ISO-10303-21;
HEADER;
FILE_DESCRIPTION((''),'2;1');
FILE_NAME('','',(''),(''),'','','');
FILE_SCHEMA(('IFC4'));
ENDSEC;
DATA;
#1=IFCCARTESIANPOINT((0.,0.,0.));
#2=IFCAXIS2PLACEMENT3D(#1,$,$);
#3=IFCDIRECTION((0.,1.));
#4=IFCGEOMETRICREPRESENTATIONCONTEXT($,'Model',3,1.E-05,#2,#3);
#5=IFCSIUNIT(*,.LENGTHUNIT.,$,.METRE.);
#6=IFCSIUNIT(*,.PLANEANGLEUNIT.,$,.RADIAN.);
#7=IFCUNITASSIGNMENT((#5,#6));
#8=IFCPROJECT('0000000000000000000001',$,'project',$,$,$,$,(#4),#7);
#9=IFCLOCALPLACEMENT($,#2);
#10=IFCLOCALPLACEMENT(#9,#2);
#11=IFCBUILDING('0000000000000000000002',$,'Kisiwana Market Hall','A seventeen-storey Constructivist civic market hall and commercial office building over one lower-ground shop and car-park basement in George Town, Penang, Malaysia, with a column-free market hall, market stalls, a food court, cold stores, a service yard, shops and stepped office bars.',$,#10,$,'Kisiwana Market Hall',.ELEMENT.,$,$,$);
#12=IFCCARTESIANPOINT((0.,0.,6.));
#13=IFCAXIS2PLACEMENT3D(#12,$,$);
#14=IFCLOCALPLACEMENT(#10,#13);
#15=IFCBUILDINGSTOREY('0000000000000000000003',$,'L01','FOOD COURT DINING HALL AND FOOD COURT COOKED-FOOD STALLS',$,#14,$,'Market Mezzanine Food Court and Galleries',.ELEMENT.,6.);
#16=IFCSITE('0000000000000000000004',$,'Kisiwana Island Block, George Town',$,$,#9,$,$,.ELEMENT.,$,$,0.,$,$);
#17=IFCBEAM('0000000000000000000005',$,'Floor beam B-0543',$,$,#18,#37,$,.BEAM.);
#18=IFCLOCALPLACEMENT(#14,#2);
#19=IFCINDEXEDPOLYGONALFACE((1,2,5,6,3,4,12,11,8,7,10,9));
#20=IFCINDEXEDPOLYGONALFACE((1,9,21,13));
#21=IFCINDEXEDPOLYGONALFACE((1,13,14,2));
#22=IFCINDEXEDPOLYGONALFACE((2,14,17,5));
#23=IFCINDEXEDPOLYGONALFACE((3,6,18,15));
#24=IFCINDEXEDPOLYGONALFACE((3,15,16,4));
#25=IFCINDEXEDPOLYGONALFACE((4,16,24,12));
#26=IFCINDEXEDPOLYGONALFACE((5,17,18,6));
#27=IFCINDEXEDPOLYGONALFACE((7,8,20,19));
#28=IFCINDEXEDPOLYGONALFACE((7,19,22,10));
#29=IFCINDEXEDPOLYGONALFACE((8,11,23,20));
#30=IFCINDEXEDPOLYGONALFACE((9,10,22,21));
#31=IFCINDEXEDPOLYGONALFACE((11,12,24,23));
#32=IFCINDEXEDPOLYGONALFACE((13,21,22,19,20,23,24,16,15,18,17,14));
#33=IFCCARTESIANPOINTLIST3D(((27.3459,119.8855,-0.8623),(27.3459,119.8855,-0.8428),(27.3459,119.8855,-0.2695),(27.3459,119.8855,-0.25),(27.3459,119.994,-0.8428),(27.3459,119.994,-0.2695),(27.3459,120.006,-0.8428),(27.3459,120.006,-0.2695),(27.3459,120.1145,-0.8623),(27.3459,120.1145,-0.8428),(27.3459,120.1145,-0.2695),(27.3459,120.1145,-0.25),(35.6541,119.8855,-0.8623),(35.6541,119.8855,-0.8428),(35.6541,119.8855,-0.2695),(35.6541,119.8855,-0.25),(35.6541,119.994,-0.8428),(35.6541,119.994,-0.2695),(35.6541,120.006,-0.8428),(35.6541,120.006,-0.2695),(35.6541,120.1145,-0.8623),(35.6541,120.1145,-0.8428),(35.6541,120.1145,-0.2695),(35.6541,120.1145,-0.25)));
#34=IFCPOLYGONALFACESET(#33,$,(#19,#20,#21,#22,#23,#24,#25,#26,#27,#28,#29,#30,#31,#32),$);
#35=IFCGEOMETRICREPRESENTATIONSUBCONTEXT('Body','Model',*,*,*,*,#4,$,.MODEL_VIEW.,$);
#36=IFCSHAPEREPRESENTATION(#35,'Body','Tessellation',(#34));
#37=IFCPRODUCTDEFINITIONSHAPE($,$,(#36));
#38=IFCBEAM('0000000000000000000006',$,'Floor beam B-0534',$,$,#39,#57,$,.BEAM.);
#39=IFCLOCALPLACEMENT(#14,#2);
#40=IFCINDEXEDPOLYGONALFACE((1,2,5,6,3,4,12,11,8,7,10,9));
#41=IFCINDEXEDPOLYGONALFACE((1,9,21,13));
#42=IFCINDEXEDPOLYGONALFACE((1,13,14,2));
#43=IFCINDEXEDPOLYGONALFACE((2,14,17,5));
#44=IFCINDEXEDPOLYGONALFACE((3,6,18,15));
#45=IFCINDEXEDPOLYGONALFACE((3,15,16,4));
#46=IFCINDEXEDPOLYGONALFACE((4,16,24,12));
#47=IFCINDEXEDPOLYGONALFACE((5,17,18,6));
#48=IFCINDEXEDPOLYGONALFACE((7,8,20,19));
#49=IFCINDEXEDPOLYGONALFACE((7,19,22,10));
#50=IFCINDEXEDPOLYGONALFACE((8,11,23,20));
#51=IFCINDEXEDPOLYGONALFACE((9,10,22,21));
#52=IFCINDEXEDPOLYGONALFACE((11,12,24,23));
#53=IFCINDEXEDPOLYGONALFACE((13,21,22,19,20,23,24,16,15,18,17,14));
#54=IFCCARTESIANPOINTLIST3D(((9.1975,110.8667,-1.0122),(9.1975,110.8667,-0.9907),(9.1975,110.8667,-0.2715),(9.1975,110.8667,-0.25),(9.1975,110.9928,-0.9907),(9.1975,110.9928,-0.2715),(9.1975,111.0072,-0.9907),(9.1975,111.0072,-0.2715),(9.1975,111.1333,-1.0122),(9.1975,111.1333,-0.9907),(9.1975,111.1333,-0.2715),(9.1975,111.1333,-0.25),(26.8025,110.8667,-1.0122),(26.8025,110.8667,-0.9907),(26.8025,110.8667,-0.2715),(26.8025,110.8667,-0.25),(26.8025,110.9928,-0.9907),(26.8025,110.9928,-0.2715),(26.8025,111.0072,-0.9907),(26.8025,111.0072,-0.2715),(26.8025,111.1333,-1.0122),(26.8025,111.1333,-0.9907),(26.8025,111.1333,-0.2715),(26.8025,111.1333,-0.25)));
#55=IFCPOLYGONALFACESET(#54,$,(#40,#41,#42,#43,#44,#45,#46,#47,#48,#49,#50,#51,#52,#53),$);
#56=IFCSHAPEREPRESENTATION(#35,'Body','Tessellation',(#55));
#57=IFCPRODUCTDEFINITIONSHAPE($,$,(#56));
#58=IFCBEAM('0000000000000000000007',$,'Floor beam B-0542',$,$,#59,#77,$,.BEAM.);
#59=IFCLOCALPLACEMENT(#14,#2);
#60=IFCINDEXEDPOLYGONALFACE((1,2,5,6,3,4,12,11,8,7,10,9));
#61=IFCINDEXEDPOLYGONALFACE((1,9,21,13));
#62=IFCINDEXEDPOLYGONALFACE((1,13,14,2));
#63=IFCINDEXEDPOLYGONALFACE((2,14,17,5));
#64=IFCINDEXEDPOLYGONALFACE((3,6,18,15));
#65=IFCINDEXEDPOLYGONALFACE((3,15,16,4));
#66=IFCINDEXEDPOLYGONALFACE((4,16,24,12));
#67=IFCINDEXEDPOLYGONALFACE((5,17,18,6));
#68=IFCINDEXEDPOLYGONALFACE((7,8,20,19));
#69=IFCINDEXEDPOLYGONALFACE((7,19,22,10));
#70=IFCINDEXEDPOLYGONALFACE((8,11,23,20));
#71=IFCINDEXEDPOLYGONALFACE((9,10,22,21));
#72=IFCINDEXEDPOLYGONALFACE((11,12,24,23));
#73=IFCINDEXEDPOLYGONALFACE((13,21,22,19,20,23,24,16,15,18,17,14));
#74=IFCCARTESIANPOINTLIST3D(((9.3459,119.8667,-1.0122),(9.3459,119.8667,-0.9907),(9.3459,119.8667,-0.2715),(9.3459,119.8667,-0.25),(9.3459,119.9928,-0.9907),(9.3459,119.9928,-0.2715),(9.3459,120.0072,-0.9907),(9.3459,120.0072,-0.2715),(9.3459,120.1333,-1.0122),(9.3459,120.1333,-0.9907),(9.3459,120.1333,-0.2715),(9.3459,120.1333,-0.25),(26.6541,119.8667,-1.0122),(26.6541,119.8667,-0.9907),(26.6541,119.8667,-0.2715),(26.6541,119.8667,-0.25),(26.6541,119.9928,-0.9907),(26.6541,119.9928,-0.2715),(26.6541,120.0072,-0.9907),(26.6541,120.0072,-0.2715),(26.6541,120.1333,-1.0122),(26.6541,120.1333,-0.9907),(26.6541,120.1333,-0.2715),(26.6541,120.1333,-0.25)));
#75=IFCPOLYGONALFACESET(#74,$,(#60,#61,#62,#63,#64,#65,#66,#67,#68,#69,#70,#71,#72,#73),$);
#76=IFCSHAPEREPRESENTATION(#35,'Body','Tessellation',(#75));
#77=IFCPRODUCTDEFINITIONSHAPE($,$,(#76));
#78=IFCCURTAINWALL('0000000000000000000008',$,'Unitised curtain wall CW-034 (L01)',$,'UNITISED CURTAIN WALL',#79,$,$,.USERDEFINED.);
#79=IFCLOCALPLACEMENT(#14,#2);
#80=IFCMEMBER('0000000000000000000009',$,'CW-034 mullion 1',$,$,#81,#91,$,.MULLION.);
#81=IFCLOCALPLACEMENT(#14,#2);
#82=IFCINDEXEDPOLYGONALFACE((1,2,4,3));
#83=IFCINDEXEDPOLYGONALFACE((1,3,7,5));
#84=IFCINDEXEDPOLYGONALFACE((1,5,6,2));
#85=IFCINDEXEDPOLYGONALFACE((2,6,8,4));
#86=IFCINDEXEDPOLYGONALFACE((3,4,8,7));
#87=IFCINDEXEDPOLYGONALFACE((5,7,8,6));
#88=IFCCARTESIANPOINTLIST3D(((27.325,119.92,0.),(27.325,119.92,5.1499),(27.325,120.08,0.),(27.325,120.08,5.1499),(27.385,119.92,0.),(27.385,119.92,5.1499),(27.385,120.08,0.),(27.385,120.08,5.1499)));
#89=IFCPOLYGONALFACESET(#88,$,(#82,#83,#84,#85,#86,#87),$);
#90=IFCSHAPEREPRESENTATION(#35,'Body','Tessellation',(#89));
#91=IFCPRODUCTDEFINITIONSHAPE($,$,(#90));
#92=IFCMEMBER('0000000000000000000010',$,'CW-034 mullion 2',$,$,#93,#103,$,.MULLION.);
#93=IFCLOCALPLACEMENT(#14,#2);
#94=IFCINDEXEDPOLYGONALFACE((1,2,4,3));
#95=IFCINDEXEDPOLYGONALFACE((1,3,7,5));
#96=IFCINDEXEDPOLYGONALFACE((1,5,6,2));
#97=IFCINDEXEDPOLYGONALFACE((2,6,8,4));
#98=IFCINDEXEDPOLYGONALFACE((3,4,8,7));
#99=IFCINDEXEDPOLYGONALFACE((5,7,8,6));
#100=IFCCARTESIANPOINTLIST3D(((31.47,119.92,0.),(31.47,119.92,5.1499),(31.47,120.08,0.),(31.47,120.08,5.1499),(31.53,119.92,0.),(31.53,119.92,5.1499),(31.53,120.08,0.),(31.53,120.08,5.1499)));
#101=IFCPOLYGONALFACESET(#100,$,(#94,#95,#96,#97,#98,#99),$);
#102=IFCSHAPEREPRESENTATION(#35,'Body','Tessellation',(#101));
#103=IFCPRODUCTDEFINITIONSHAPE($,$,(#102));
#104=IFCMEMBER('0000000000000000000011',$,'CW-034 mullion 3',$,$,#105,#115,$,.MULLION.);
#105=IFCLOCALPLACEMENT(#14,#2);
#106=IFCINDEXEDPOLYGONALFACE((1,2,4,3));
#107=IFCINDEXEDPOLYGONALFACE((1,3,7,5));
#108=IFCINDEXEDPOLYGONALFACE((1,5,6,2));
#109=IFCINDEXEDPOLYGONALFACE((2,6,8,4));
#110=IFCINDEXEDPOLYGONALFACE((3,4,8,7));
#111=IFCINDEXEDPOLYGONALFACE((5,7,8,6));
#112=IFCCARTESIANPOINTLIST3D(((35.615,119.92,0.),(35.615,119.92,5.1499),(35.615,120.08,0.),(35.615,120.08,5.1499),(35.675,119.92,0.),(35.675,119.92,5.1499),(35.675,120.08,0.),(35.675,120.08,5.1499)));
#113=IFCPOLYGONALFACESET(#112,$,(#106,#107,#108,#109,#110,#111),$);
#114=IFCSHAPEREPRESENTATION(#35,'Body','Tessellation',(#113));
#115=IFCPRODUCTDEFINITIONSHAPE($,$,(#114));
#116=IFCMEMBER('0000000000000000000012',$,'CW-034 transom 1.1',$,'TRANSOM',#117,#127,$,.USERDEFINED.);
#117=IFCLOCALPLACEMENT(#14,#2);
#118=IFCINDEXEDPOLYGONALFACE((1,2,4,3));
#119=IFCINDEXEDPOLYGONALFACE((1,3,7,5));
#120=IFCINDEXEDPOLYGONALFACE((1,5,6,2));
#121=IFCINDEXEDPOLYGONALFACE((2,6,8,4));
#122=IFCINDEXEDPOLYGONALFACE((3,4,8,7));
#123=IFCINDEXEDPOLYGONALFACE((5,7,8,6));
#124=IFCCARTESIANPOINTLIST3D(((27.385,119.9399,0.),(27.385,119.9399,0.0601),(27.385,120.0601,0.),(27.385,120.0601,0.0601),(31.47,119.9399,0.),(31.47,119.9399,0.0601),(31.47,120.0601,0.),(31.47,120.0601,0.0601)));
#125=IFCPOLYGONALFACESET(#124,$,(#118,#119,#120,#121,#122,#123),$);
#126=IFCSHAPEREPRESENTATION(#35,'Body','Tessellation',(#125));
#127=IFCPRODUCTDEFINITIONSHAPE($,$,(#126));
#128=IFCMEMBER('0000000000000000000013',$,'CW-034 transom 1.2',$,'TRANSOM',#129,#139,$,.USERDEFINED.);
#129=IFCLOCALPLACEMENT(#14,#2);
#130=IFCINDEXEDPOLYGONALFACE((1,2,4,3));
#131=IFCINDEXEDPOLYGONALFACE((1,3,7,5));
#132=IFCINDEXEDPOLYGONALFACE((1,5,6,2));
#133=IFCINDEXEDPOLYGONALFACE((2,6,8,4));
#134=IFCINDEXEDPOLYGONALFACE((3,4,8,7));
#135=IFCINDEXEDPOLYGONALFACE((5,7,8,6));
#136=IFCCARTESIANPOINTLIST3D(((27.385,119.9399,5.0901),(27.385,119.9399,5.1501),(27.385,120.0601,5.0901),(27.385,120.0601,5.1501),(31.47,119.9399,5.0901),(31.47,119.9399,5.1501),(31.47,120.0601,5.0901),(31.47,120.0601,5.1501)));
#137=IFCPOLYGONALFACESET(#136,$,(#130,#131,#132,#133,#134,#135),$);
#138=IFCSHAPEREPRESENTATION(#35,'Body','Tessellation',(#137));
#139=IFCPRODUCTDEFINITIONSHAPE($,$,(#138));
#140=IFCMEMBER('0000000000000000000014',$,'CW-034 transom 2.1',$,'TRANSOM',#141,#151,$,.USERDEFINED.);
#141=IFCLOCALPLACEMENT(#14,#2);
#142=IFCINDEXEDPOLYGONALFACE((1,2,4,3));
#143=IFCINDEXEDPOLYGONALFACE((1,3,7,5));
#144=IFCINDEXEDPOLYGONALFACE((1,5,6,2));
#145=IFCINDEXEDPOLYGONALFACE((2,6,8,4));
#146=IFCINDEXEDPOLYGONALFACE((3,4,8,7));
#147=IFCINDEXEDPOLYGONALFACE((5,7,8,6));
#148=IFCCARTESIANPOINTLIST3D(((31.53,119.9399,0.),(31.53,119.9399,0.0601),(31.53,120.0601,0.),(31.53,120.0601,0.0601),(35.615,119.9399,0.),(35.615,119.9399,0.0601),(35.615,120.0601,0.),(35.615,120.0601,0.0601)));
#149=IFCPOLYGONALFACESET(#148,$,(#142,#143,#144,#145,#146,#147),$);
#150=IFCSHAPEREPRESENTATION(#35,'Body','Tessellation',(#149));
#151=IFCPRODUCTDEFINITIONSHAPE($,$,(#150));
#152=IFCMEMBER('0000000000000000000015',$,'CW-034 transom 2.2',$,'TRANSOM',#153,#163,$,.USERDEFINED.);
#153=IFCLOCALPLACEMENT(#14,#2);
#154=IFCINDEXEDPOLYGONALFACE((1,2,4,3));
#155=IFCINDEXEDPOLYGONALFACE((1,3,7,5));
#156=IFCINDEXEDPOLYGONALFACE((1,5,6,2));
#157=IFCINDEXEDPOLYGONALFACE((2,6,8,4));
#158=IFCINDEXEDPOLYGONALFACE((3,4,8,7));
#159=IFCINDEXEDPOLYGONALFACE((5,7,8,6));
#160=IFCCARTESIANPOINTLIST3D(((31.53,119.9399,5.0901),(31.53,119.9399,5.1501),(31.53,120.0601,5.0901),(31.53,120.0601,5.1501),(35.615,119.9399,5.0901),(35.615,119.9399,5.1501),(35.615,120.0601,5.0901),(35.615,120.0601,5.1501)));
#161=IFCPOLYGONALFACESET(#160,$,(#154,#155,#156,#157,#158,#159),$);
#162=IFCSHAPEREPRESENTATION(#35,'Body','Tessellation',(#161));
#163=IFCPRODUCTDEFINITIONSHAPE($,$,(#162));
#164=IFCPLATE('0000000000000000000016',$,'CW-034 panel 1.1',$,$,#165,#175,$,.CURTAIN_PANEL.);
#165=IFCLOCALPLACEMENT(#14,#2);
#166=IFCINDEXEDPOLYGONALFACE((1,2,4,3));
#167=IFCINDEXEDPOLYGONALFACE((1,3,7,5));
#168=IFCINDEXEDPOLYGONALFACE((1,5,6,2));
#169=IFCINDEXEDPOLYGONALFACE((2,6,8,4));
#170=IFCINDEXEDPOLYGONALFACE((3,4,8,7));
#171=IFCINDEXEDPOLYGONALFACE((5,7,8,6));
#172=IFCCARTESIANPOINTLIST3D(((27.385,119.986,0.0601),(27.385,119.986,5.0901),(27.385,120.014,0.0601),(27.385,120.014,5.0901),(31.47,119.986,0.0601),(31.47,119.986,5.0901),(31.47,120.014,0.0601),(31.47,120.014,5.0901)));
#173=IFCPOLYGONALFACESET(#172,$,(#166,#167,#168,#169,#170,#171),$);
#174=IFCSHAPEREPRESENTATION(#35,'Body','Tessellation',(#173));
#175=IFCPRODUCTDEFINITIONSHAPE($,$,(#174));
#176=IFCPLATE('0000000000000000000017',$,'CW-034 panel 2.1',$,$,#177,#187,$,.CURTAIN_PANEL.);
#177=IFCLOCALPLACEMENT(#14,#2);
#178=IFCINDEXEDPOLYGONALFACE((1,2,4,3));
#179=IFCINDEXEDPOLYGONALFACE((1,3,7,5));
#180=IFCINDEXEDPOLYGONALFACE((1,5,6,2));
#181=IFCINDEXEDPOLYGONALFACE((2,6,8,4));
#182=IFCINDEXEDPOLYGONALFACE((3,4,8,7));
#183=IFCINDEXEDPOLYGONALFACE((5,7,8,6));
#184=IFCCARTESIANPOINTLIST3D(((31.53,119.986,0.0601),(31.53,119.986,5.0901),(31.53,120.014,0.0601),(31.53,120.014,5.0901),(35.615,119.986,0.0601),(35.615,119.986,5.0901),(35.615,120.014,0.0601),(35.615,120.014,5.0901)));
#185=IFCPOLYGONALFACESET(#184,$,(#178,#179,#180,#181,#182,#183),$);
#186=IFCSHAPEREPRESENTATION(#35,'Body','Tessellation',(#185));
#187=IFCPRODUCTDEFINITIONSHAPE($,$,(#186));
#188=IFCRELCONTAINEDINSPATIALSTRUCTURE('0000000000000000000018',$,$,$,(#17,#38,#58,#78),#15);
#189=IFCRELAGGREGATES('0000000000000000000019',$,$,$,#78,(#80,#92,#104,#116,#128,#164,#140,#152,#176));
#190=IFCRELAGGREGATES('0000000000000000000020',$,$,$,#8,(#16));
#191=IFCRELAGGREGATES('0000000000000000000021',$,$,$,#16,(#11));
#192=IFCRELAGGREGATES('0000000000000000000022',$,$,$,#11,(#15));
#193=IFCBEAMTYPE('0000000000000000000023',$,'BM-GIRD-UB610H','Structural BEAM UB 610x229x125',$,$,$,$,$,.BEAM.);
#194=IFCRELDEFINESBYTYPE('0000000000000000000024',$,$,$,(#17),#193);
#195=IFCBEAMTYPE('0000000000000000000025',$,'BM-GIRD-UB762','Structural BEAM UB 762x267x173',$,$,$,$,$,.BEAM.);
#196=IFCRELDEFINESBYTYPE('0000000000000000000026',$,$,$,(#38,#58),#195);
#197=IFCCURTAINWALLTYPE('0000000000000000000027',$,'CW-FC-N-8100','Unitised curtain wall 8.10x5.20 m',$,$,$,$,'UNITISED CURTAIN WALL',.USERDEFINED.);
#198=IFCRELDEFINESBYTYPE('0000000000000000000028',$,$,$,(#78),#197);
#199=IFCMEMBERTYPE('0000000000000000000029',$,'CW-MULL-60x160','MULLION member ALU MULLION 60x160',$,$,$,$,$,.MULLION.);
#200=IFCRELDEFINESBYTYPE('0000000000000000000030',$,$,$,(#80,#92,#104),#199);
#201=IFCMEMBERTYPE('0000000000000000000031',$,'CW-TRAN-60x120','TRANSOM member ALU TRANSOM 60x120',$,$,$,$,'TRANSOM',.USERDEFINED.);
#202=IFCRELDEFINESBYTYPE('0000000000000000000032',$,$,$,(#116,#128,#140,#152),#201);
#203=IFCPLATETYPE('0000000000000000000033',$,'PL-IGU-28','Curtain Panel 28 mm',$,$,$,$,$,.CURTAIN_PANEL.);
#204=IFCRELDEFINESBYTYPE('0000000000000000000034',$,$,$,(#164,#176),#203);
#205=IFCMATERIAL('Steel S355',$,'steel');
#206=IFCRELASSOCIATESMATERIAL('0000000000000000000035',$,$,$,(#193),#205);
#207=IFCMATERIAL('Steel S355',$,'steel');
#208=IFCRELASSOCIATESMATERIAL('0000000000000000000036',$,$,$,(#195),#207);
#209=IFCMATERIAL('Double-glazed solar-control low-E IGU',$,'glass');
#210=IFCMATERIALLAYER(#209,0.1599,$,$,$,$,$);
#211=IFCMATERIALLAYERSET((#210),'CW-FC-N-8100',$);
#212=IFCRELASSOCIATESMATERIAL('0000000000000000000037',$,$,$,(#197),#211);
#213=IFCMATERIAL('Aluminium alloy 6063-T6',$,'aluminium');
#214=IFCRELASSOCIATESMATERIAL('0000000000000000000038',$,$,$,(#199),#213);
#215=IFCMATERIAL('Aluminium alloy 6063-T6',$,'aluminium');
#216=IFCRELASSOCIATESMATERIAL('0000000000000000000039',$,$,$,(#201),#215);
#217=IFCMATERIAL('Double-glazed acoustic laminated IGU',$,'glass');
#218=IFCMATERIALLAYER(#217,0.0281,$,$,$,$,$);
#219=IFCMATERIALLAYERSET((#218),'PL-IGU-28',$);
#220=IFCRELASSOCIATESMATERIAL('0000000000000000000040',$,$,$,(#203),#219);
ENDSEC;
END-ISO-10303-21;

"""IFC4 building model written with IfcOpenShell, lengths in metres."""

from ifc_helpers import new_model, si_unit, direction, frame, origin, origin_2d, place, context, subcontext, project, spatial, rectangle, i_section, extrude, material, layer, layer_set, material_profile, profile_set, type_object, element, aggregate, save


model = new_model("IFC4")

# Units and contexts
model_context = context("Model", 3, precision=1e-05, world=origin(), true_north=direction((0.0, 1.0)))
body_context = subcontext(model_context, "Body", "Model", "MODEL_VIEW")
ifc_project = project(units=[si_unit("LENGTHUNIT", "METRE"), si_unit("PLANEANGLEUNIT", "RADIAN")], contexts=[model_context])

# Site, building, storey
site_placement = place(None, origin())
site = spatial("IfcSite", under=ifc_project, at=site_placement, Name="Kisiwana Island Block, George Town", CompositionType="ELEMENT", RefElevation=0.0)
building_placement = place(site_placement, origin())
building = spatial("IfcBuilding", under=site, at=building_placement, Name="Kisiwana Market Hall", Description="A seventeen-storey Constructivist civic market hall and commercial office building over one lower-ground shop and car-park basement in George Town, Penang, Malaysia, with a column-free market hall, market stalls, a food court, cold stores, a service yard, shops and stepped office bars.", LongName="Kisiwana Market Hall", CompositionType="ELEMENT")
storey_placement = place(building_placement, frame((0.0, 0.0, 6.0)))
storey = spatial("IfcBuildingStorey", under=building, at=storey_placement, Name="L01", Description="FOOD COURT DINING HALL AND FOOD COURT COOKED-FOOD STALLS", LongName="Market Mezzanine Food Court and Galleries", CompositionType="ELEMENT", Elevation=6.0)

# Beams
ifc_material_1 = material(Name="Steel S355", Category="steel")
ifc_material_profile_1 = material_profile(ifc_material_1, i_section(OverallWidth=0.229, OverallDepth=0.6123, WebThickness=0.012, FlangeThickness=0.0195, at=origin_2d()), Name="UB 610x229x125")
ifc_profile_set_1 = profile_set([ifc_material_profile_1], Name="Steel S355")
beam_type_1 = type_object("IfcBeamType", Name="BM-GIRD-UB610H", Description="Structural BEAM UB 610x229x125", PredefinedType="BEAM", material=ifc_profile_set_1)
beam_1_placement = place(storey_placement, frame((27.3459, 120.0, -0.5562), z_axis=(1.0, 0.0, 0.0), x_axis=(0.0, 1.0, 0.0)))
element("IfcBeam", 1, at=beam_1_placement, inside=storey, type_object=beam_type_1, Name="Floor beam B-0543", PredefinedType="BEAM", context=body_context, shape_type="SweptSolid", body=[
    extrude(i_section(OverallWidth=0.229, OverallDepth=0.6123, WebThickness=0.012, FlangeThickness=0.0195, at=origin_2d()), origin(), (0.0, 0.0, 1.0), 8.3081),
])
ifc_material_2 = material(Name="Steel S355", Category="steel")
ifc_material_profile_2 = material_profile(ifc_material_2, i_section(OverallWidth=0.2666, OverallDepth=0.7622, WebThickness=0.0144, FlangeThickness=0.0215, at=origin_2d()), Name="UB 762x267x173")
ifc_profile_set_2 = profile_set([ifc_material_profile_2], Name="Steel S355")
beam_type_2 = type_object("IfcBeamType", Name="BM-GIRD-UB762", Description="Structural BEAM UB 762x267x173", PredefinedType="BEAM", material=ifc_profile_set_2)
beam_2_placement = place(storey_placement, frame((9.1975, 111.0, -0.6311), z_axis=(1.0, 0.0, 0.0), x_axis=(0.0, 1.0, 0.0)))
element("IfcBeam", 2, at=beam_2_placement, inside=storey, type_object=beam_type_2, Name="Floor beam B-0534", PredefinedType="BEAM", context=body_context, shape_type="SweptSolid", body=[
    extrude(i_section(OverallWidth=0.2666, OverallDepth=0.7622, WebThickness=0.0144, FlangeThickness=0.0215, at=origin_2d()), origin(), (0.0, 0.0, 1.0), 17.605),
])
beam_3_placement = place(storey_placement, frame((9.3459, 120.0, -0.6311), z_axis=(1.0, 0.0, 0.0), x_axis=(0.0, 1.0, 0.0)))
element("IfcBeam", 3, at=beam_3_placement, inside=storey, type_object=beam_type_2, Name="Floor beam B-0542", PredefinedType="BEAM", context=body_context, shape_type="SweptSolid", body=[
    extrude(i_section(OverallWidth=0.2666, OverallDepth=0.7622, WebThickness=0.0144, FlangeThickness=0.0215, at=origin_2d()), origin(), (0.0, 0.0, 1.0), 17.3081),
])

# Curtain wall, members, plates
ifc_material_3 = material(Name="Double-glazed solar-control low-E IGU", Category="glass")
ifc_layer_1 = layer(ifc_material_3, 0.1599)
ifc_layer_set_1 = layer_set([ifc_layer_1], Name="CW-FC-N-8100")
curtain_wall_type = type_object("IfcCurtainWallType", Name="CW-FC-N-8100", Description="Unitised curtain wall 8.10x5.20 m", ElementType="UNITISED CURTAIN WALL", PredefinedType="USERDEFINED", material=ifc_layer_set_1)
curtain_wall_placement = place(storey_placement, origin())
curtain_wall = element("IfcCurtainWall", 4, at=curtain_wall_placement, inside=storey, type_object=curtain_wall_type, Name="Unitised curtain wall CW-034 (L01)", ObjectType="UNITISED CURTAIN WALL", PredefinedType="USERDEFINED")
ifc_material_4 = material(Name="Aluminium alloy 6063-T6", Category="aluminium")
ifc_material_profile_3 = material_profile(ifc_material_4, rectangle(XDim=0.0601, YDim=0.1599, at=origin_2d()), Name="ALU MULLION 60x160")
ifc_profile_set_3 = profile_set([ifc_material_profile_3], Name="Aluminium alloy 6063-T6")
member_type_1 = type_object("IfcMemberType", Name="CW-MULL-60x160", Description="MULLION member ALU MULLION 60x160", PredefinedType="MULLION", material=ifc_profile_set_3)
member_1_placement = place(storey_placement, frame((27.355, 120.0, 0.0), z_axis=(0.0, 0.0, 1.0), x_axis=(1.0, 0.0, 0.0)))
member_1 = element("IfcMember", 5, at=member_1_placement, type_object=member_type_1, Name="CW-034 mullion 1", PredefinedType="MULLION", context=body_context, shape_type="SweptSolid", body=[
    extrude(rectangle(XDim=0.0601, YDim=0.1599, at=origin_2d()), origin(), (0.0, 0.0, 1.0), 5.1499),
])
member_2_placement = place(storey_placement, frame((31.5, 120.0, 0.0), z_axis=(0.0, 0.0, 1.0), x_axis=(1.0, 0.0, 0.0)))
member_2 = element("IfcMember", 6, at=member_2_placement, type_object=member_type_1, Name="CW-034 mullion 2", PredefinedType="MULLION", context=body_context, shape_type="SweptSolid", body=[
    extrude(rectangle(XDim=0.0601, YDim=0.1599, at=origin_2d()), origin(), (0.0, 0.0, 1.0), 5.1499),
])
member_3_placement = place(storey_placement, frame((35.645, 120.0, 0.0), z_axis=(0.0, 0.0, 1.0), x_axis=(1.0, 0.0, 0.0)))
member_3 = element("IfcMember", 7, at=member_3_placement, type_object=member_type_1, Name="CW-034 mullion 3", PredefinedType="MULLION", context=body_context, shape_type="SweptSolid", body=[
    extrude(rectangle(XDim=0.0601, YDim=0.1599, at=origin_2d()), origin(), (0.0, 0.0, 1.0), 5.1499),
])
ifc_material_5 = material(Name="Aluminium alloy 6063-T6", Category="aluminium")
ifc_material_profile_4 = material_profile(ifc_material_5, rectangle(XDim=0.1201, YDim=0.0601, at=origin_2d()), Name="ALU TRANSOM 60x120")
ifc_profile_set_4 = profile_set([ifc_material_profile_4], Name="Aluminium alloy 6063-T6")
member_type_2 = type_object("IfcMemberType", Name="CW-TRAN-60x120", Description="TRANSOM member ALU TRANSOM 60x120", ElementType="TRANSOM", PredefinedType="USERDEFINED", material=ifc_profile_set_4)
member_4_placement = place(storey_placement, frame((27.385, 120.0, 0.03), z_axis=(1.0, 0.0, 0.0), x_axis=(0.0, 1.0, 0.0)))
member_4 = element("IfcMember", 8, at=member_4_placement, type_object=member_type_2, Name="CW-034 transom 1.1", ObjectType="TRANSOM", PredefinedType="USERDEFINED", context=body_context, shape_type="SweptSolid", body=[
    extrude(rectangle(XDim=0.1201, YDim=0.0601, at=origin_2d()), origin(), (0.0, 0.0, 1.0), 4.085),
])
member_5_placement = place(storey_placement, frame((27.385, 120.0, 5.1201), z_axis=(1.0, 0.0, 0.0), x_axis=(0.0, 1.0, 0.0)))
member_5 = element("IfcMember", 9, at=member_5_placement, type_object=member_type_2, Name="CW-034 transom 1.2", ObjectType="TRANSOM", PredefinedType="USERDEFINED", context=body_context, shape_type="SweptSolid", body=[
    extrude(rectangle(XDim=0.1201, YDim=0.0601, at=origin_2d()), origin(), (0.0, 0.0, 1.0), 4.085),
])
member_6_placement = place(storey_placement, frame((31.53, 120.0, 0.03), z_axis=(1.0, 0.0, 0.0), x_axis=(0.0, 1.0, 0.0)))
member_6 = element("IfcMember", 10, at=member_6_placement, type_object=member_type_2, Name="CW-034 transom 2.1", ObjectType="TRANSOM", PredefinedType="USERDEFINED", context=body_context, shape_type="SweptSolid", body=[
    extrude(rectangle(XDim=0.1201, YDim=0.0601, at=origin_2d()), origin(), (0.0, 0.0, 1.0), 4.085),
])
member_7_placement = place(storey_placement, frame((31.53, 120.0, 5.1201), z_axis=(1.0, 0.0, 0.0), x_axis=(0.0, 1.0, 0.0)))
member_7 = element("IfcMember", 11, at=member_7_placement, type_object=member_type_2, Name="CW-034 transom 2.2", ObjectType="TRANSOM", PredefinedType="USERDEFINED", context=body_context, shape_type="SweptSolid", body=[
    extrude(rectangle(XDim=0.1201, YDim=0.0601, at=origin_2d()), origin(), (0.0, 0.0, 1.0), 4.085),
])
ifc_material_6 = material(Name="Double-glazed acoustic laminated IGU", Category="glass")
ifc_layer_2 = layer(ifc_material_6, 0.0281)
ifc_layer_set_2 = layer_set([ifc_layer_2], Name="PL-IGU-28")
plate_type = type_object("IfcPlateType", Name="PL-IGU-28", Description="Curtain Panel 28 mm", PredefinedType="CURTAIN_PANEL", material=ifc_layer_set_2)
plate_1_placement = place(storey_placement, frame((29.4275, 120.0, 0.0601), z_axis=(0.0, 0.0, 1.0), x_axis=(1.0, 0.0, 0.0)))
plate_1 = element("IfcPlate", 12, at=plate_1_placement, type_object=plate_type, Name="CW-034 panel 1.1", PredefinedType="CURTAIN_PANEL", context=body_context, shape_type="SweptSolid", body=[
    extrude(rectangle(XDim=4.085, YDim=0.0281, at=origin_2d()), origin(), (0.0, 0.0, 1.0), 5.03),
])
plate_2_placement = place(storey_placement, frame((33.5725, 120.0, 0.0601), z_axis=(0.0, 0.0, 1.0), x_axis=(1.0, 0.0, 0.0)))
plate_2 = element("IfcPlate", 13, at=plate_2_placement, type_object=plate_type, Name="CW-034 panel 2.1", PredefinedType="CURTAIN_PANEL", context=body_context, shape_type="SweptSolid", body=[
    extrude(rectangle(XDim=4.085, YDim=0.0281, at=origin_2d()), origin(), (0.0, 0.0, 1.0), 5.03),
])
aggregate(curtain_wall, [member_1, member_2, member_3, member_4, member_5, plate_1, member_6, member_7, plate_2])

save(model, "model.ifc")
